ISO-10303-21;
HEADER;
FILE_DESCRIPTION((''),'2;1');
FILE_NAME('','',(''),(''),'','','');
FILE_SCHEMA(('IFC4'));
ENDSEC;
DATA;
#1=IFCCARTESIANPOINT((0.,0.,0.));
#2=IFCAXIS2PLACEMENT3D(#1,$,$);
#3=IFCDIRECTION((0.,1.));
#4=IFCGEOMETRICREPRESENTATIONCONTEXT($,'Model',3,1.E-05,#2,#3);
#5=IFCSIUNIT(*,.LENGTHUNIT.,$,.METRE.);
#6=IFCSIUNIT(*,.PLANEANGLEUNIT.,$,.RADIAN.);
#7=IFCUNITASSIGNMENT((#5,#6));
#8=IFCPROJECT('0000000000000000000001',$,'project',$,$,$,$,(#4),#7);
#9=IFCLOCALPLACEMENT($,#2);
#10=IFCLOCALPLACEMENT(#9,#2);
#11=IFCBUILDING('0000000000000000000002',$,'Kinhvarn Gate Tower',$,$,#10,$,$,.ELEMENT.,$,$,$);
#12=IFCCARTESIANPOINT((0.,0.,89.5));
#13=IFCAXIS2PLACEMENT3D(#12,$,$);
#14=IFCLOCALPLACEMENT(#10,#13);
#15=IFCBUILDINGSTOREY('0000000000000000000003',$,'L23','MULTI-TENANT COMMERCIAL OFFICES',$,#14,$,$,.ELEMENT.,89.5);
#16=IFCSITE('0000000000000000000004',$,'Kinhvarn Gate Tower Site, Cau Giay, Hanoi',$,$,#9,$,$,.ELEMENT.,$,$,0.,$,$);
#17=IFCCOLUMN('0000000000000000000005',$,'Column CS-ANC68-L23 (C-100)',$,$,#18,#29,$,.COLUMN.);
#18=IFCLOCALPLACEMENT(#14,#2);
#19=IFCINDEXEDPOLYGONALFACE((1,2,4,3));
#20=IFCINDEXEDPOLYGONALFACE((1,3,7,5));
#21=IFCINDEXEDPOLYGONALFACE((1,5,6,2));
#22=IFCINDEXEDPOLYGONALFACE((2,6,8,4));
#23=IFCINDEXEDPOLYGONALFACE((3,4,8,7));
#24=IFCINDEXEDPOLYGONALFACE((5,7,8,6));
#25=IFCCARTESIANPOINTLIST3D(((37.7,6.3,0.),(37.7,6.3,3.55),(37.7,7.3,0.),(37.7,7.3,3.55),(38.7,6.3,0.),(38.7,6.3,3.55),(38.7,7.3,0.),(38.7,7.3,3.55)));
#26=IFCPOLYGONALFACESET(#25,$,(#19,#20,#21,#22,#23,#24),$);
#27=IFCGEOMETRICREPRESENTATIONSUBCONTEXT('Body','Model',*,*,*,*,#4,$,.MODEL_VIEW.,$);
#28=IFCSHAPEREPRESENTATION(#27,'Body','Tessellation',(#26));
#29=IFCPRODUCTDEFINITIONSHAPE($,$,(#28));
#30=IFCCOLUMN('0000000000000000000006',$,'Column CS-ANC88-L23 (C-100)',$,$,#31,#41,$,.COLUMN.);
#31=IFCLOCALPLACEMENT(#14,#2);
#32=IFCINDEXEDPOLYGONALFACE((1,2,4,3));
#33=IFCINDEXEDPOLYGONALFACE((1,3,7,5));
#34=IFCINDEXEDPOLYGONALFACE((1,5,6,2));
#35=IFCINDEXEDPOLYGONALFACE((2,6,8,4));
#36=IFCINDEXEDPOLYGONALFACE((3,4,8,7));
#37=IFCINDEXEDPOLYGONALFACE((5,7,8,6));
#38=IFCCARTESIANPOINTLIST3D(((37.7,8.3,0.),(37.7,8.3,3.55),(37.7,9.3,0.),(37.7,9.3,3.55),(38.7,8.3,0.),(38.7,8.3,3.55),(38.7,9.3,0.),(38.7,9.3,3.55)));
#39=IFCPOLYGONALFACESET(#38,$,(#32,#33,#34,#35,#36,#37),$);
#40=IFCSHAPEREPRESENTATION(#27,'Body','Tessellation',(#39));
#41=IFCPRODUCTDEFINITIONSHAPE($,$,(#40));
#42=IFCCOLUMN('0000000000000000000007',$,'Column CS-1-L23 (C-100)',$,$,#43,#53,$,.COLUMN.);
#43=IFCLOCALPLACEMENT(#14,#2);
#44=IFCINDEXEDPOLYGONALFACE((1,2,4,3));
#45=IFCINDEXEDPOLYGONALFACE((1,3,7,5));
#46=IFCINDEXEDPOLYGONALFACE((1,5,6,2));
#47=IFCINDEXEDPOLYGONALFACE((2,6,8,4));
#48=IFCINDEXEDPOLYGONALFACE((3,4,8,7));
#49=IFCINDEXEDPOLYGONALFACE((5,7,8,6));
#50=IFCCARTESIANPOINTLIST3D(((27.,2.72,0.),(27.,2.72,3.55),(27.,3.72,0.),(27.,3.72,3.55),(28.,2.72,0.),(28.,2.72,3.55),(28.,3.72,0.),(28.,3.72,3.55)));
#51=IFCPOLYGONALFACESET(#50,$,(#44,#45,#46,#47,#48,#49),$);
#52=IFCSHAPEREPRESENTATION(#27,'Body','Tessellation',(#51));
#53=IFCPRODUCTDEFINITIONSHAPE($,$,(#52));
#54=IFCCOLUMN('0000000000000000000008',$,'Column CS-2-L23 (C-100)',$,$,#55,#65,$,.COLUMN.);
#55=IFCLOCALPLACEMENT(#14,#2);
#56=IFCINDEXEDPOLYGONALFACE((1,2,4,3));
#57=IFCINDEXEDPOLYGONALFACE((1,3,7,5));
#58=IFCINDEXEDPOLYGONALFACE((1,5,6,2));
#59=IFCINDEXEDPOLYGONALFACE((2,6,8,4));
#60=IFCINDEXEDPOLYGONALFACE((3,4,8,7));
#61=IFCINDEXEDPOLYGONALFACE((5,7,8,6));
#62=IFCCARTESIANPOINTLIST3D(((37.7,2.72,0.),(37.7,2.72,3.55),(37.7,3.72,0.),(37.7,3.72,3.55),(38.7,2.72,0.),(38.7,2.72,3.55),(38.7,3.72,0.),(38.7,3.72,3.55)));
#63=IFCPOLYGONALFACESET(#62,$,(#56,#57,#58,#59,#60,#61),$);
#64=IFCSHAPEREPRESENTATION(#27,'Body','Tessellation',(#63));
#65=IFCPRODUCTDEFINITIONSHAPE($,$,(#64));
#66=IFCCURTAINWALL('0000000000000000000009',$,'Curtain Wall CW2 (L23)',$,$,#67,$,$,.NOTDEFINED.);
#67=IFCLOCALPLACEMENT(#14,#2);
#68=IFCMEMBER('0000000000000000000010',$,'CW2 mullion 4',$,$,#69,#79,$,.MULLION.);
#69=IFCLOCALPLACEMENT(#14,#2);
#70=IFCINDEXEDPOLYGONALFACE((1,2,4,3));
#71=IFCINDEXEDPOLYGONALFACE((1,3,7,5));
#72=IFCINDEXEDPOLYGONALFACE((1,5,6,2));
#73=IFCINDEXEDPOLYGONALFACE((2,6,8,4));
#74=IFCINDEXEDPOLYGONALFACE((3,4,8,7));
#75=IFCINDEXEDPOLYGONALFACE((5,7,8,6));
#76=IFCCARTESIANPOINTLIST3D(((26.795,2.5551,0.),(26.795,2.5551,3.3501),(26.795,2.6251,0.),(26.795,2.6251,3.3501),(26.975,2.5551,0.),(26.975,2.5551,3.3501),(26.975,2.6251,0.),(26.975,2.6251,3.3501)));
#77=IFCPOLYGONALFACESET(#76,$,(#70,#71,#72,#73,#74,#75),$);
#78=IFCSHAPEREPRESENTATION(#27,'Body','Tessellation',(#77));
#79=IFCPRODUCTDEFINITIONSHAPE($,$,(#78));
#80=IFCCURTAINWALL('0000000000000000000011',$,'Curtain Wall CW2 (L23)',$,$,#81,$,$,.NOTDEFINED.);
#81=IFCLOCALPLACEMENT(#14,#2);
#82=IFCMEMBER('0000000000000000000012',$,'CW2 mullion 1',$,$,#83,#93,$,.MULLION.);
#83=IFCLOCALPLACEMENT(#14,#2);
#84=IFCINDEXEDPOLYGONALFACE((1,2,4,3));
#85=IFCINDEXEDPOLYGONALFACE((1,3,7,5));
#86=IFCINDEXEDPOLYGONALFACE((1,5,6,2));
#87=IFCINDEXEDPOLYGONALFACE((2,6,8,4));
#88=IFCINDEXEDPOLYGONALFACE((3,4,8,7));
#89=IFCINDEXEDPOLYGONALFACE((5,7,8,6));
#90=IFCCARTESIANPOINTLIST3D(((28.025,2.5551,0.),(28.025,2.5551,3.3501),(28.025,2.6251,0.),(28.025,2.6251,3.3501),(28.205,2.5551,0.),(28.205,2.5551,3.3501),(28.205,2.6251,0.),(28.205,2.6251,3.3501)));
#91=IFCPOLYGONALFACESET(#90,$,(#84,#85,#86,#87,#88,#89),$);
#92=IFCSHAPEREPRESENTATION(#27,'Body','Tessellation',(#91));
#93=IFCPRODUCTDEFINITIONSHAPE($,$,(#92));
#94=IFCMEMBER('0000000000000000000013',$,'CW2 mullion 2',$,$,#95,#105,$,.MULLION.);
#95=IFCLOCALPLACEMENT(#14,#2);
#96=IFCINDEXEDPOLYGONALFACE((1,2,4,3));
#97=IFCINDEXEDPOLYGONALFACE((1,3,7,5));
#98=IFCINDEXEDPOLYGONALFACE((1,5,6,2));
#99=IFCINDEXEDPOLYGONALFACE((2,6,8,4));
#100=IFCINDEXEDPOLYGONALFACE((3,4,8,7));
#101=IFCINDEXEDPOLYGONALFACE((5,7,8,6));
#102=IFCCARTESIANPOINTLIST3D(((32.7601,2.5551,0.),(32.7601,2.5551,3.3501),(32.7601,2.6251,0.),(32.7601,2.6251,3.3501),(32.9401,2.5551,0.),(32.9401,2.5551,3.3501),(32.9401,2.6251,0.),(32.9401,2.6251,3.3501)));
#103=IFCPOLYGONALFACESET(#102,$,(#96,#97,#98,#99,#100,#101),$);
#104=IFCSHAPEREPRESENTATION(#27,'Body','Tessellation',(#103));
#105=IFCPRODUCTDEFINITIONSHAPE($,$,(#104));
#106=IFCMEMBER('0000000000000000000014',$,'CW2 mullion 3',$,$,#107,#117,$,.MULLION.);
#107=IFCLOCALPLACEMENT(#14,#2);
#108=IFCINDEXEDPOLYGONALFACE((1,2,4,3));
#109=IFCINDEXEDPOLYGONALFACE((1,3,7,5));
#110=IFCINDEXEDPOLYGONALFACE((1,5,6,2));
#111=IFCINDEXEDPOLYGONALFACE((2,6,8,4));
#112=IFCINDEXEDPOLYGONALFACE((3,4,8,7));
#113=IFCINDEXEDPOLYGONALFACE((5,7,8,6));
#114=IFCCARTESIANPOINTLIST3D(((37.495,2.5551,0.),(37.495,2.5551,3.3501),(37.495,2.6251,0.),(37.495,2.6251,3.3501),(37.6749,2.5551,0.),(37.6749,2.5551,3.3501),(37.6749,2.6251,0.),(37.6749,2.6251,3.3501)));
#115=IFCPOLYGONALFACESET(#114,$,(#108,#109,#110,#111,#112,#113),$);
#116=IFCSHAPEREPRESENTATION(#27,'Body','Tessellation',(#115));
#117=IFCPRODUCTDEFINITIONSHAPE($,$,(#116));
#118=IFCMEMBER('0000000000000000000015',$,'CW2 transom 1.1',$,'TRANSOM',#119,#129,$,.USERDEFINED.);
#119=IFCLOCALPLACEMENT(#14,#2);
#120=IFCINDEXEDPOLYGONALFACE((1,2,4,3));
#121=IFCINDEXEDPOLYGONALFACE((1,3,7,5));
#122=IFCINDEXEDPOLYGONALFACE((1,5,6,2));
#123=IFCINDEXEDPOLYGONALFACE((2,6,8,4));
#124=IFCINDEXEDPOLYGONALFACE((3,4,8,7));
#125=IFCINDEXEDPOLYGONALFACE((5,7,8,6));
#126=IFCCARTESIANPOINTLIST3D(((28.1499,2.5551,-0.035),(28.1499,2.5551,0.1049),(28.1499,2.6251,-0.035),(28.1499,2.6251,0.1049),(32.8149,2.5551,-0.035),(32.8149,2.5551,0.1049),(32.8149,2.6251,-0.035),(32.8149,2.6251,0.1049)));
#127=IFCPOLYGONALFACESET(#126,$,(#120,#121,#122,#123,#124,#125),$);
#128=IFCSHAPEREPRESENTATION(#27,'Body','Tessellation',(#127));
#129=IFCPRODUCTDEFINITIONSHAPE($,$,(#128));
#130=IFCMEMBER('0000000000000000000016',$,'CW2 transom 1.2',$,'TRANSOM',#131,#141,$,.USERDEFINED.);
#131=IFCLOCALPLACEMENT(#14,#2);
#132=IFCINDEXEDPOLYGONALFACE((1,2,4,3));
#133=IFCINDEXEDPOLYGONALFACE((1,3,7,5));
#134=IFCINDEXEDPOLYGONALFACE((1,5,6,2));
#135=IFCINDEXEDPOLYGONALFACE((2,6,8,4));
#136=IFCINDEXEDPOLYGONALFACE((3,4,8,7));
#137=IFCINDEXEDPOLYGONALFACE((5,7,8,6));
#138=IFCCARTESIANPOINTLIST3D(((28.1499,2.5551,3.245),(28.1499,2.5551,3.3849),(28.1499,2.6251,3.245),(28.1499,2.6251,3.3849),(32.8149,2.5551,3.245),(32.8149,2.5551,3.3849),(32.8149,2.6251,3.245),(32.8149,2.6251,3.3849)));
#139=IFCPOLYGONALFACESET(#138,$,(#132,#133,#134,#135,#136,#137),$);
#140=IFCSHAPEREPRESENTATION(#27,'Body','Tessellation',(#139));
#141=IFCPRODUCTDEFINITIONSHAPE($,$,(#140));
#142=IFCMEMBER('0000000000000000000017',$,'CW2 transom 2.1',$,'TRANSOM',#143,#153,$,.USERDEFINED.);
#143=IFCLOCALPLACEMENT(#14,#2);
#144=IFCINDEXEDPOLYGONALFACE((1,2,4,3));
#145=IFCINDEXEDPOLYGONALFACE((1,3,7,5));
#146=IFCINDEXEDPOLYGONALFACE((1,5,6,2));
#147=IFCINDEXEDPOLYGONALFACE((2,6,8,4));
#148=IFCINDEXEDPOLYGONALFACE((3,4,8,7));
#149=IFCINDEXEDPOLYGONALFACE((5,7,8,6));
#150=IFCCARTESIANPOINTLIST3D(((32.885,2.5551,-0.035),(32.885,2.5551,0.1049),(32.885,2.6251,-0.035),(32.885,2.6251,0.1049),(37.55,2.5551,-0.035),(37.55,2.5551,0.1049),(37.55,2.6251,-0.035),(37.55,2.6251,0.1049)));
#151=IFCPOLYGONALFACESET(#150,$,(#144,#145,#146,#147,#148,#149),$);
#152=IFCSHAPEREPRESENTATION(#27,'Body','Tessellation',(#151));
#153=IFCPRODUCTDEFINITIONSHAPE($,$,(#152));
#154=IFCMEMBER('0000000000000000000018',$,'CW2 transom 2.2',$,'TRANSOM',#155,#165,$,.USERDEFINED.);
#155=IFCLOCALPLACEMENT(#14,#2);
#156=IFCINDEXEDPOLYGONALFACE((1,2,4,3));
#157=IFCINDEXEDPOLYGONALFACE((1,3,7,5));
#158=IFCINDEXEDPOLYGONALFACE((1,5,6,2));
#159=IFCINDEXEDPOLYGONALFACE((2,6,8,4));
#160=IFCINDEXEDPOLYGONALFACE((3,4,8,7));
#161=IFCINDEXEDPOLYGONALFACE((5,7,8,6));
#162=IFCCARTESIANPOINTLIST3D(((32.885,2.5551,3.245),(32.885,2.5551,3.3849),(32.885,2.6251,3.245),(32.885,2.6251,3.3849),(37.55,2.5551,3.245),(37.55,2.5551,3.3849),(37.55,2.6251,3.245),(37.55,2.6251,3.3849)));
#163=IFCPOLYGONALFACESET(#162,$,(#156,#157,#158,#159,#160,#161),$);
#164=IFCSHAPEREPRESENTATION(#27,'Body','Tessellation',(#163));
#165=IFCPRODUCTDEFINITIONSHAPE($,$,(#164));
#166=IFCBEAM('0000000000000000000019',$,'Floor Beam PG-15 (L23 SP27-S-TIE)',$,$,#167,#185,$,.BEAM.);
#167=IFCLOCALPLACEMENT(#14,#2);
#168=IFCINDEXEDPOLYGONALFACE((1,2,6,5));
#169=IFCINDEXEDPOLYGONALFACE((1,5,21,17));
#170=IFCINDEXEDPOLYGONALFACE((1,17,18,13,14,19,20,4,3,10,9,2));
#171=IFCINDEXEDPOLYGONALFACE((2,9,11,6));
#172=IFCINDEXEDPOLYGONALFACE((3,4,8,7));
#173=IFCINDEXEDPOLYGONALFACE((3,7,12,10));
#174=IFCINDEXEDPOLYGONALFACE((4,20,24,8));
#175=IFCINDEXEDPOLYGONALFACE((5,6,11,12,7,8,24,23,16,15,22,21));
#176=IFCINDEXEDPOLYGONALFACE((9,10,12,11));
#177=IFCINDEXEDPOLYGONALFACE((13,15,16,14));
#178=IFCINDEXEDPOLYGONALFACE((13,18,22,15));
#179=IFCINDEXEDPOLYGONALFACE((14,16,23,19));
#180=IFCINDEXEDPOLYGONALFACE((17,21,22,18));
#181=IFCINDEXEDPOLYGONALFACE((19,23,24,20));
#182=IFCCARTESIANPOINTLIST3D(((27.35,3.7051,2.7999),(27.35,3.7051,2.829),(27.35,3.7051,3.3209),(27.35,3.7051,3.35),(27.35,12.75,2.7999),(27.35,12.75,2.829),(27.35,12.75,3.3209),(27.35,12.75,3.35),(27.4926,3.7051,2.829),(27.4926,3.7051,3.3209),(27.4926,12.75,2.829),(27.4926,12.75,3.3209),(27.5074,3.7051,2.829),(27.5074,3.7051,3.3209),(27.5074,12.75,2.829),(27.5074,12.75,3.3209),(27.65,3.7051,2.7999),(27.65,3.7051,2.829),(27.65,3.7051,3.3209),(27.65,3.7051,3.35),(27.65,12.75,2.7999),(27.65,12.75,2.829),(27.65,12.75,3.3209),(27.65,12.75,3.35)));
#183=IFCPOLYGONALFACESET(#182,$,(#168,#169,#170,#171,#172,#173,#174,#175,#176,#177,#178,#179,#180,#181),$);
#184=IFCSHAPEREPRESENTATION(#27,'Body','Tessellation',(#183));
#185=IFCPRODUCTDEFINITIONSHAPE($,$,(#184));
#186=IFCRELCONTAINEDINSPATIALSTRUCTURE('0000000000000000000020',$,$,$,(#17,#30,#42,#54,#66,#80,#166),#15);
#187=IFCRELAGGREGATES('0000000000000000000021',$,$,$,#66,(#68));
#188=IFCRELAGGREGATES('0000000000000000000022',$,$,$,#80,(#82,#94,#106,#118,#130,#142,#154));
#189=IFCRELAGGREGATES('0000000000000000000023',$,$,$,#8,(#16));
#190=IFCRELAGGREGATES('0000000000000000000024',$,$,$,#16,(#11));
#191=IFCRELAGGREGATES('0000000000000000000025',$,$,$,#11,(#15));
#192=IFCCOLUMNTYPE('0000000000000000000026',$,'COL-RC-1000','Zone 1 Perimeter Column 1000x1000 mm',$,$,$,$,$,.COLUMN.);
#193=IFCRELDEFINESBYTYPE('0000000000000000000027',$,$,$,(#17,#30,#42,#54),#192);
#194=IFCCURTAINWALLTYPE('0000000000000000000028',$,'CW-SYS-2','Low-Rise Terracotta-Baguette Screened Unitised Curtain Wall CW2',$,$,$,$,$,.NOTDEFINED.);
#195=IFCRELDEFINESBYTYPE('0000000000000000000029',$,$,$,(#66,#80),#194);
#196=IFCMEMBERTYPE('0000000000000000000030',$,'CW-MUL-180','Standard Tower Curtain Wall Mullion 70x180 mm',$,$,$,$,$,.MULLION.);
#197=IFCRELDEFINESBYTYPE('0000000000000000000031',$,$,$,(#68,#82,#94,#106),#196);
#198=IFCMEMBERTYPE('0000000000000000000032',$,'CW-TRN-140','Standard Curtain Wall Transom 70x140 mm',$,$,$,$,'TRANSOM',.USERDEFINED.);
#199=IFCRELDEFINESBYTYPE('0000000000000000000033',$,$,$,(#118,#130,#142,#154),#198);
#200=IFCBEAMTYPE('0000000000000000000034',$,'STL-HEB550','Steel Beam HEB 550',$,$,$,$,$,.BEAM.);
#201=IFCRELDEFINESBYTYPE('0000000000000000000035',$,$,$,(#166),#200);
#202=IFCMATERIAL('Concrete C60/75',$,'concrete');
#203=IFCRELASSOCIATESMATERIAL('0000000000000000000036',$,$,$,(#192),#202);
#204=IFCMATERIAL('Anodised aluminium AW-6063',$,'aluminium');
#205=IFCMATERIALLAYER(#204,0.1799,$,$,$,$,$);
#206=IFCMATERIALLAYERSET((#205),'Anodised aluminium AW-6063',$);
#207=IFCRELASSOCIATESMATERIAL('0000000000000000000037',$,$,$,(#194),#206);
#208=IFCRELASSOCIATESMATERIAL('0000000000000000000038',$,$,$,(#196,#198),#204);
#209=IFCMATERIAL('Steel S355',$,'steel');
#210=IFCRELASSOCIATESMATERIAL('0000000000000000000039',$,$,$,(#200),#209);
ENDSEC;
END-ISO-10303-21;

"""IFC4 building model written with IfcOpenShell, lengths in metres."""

from ifc_helpers import new_model, si_unit, direction, frame, origin, origin_2d, place, context, subcontext, project, spatial, rectangle, i_section, extrude, material, layer, layer_set, material_profile, profile_set, type_object, element, aggregate, save


model = new_model("IFC4")

# Units and contexts
model_context = context("Model", 3, precision=1e-05, world=origin(), true_north=direction((0.0, 1.0)))
body_context = subcontext(model_context, "Body", "Model", "MODEL_VIEW")
ifc_project = project(units=[si_unit("LENGTHUNIT", "METRE"), si_unit("PLANEANGLEUNIT", "RADIAN")], contexts=[model_context])

# Site, building, storey
site_placement = place(None, origin())
site = spatial("IfcSite", under=ifc_project, at=site_placement, Name="Kinhvarn Gate Tower Site, Cau Giay, Hanoi", CompositionType="ELEMENT", RefElevation=0.0)
building_placement = place(site_placement, origin())
building = spatial("IfcBuilding", under=site, at=building_placement, Name="Kinhvarn Gate Tower", CompositionType="ELEMENT")
storey_placement = place(building_placement, frame((0.0, 0.0, 89.5)))
storey = spatial("IfcBuildingStorey", under=building, at=storey_placement, Name="L23", Description="MULTI-TENANT COMMERCIAL OFFICES", CompositionType="ELEMENT", Elevation=89.5)

# Columns
ifc_material_1 = material(Name="Concrete C60/75", Category="concrete")
ifc_material_profile_1 = material_profile(ifc_material_1, rectangle(XDim=1.0, YDim=1.0, at=origin_2d()), Name="RC 1000x1000")
ifc_profile_set_1 = profile_set([ifc_material_profile_1], Name="Concrete C60/75")
column_type = type_object("IfcColumnType", Name="COL-RC-1000", Description="Zone 1 Perimeter Column 1000x1000 mm", PredefinedType="COLUMN", material=ifc_profile_set_1)
for number, where, z_axis, x_axis, name in (
    (1, (38.2, 6.8, 0.0), (0.0, 0.0, 1.0), (1.0, 0.0, 0.0), "Column CS-ANC68-L23 (C-100)"),
    (2, (38.2, 8.8, 0.0), (0.0, 0.0, 1.0), (1.0, 0.0, 0.0), "Column CS-ANC88-L23 (C-100)"),
    (3, (27.5, 3.22, 0.0), (0.0, 0.0, 1.0), (1.0, 0.0, 0.0), "Column CS-1-L23 (C-100)"),
    (4, (38.2, 3.22, 0.0), (0.0, 0.0, 1.0), (1.0, 0.0, 0.0), "Column CS-2-L23 (C-100)"),
):
    element("IfcColumn", number, at=place(storey_placement, frame(where, z_axis=z_axis, x_axis=x_axis)), inside=storey, type_object=column_type, Name=name, PredefinedType="COLUMN", context=body_context, shape_type="SweptSolid", body=[
        extrude(rectangle(XDim=1.0, YDim=1.0, at=origin_2d()), origin(), (0.0, 0.0, 1.0), 3.55),
    ])

# Curtain wall, member
ifc_material_2 = material(Name="Anodised aluminium AW-6063", Category="aluminium")
ifc_layer_1 = layer(ifc_material_2, 0.1799)
ifc_layer_set_1 = layer_set([ifc_layer_1], Name="Anodised aluminium AW-6063")
curtain_wall_type = type_object("IfcCurtainWallType", Name="CW-SYS-2", Description="Low-Rise Terracotta-Baguette Screened Unitised Curtain Wall CW2", PredefinedType="NOTDEFINED", material=ifc_layer_set_1)
curtain_wall_1_placement = place(storey_placement, origin())
curtain_wall_1 = element("IfcCurtainWall", 5, at=curtain_wall_1_placement, inside=storey, type_object=curtain_wall_type, Name="Curtain Wall CW2 (L23)", PredefinedType="NOTDEFINED")
ifc_material_profile_2 = material_profile(ifc_material_2, rectangle(XDim=0.0701, YDim=0.1799, at=origin_2d()), Name="ALU 70x180")
ifc_profile_set_2 = profile_set([ifc_material_profile_2], Name="Anodised aluminium AW-6063")
member_type_1 = type_object("IfcMemberType", Name="CW-MUL-180", Description="Standard Tower Curtain Wall Mullion 70x180 mm", PredefinedType="MULLION", material=ifc_profile_set_2)
member_1_placement = place(storey_placement, frame((26.885, 2.5901, 0.0), z_axis=(0.0, 0.0, 1.0), x_axis=(0.0, 1.0, 0.0)))
member_1 = element("IfcMember", 6, at=member_1_placement, type_object=member_type_1, Name="CW2 mullion 4", PredefinedType="MULLION", context=body_context, shape_type="SweptSolid", body=[
    extrude(rectangle(XDim=0.0701, YDim=0.1799, at=origin_2d()), origin(), (0.0, 0.0, 1.0), 3.3501),
])
aggregate(curtain_wall_1, [member_1])

# Curtain wall, members
curtain_wall_2_placement = place(storey_placement, origin())
curtain_wall_2 = element("IfcCurtainWall", 7, at=curtain_wall_2_placement, inside=storey, type_object=curtain_wall_type, Name="Curtain Wall CW2 (L23)", PredefinedType="NOTDEFINED")
member_2_placement = place(storey_placement, frame((28.115, 2.5901, 0.0), z_axis=(0.0, 0.0, 1.0), x_axis=(0.0, 1.0, 0.0)))
member_2 = element("IfcMember", 8, at=member_2_placement, type_object=member_type_1, Name="CW2 mullion 1", PredefinedType="MULLION", context=body_context, shape_type="SweptSolid", body=[
    extrude(rectangle(XDim=0.0701, YDim=0.1799, at=origin_2d()), origin(), (0.0, 0.0, 1.0), 3.3501),
])
member_3_placement = place(storey_placement, frame((32.8501, 2.5901, 0.0), z_axis=(0.0, 0.0, 1.0), x_axis=(0.0, 1.0, 0.0)))
member_3 = element("IfcMember", 9, at=member_3_placement, type_object=member_type_1, Name="CW2 mullion 2", PredefinedType="MULLION", context=body_context, shape_type="SweptSolid", body=[
    extrude(rectangle(XDim=0.0701, YDim=0.1799, at=origin_2d()), origin(), (0.0, 0.0, 1.0), 3.3501),
])
member_4_placement = place(storey_placement, frame((37.585, 2.5901, 0.0), z_axis=(0.0, 0.0, 1.0), x_axis=(0.0, 1.0, 0.0)))
member_4 = element("IfcMember", 10, at=member_4_placement, type_object=member_type_1, Name="CW2 mullion 3", PredefinedType="MULLION", context=body_context, shape_type="SweptSolid", body=[
    extrude(rectangle(XDim=0.0701, YDim=0.1799, at=origin_2d()), origin(), (0.0, 0.0, 1.0), 3.3501),
])
ifc_material_profile_3 = material_profile(ifc_material_2, rectangle(XDim=0.0701, YDim=0.1399, at=origin_2d()), Name="ALU 70x140")
ifc_profile_set_3 = profile_set([ifc_material_profile_3], Name="Anodised aluminium AW-6063")
member_type_2 = type_object("IfcMemberType", Name="CW-TRN-140", Description="Standard Curtain Wall Transom 70x140 mm", ElementType="TRANSOM", PredefinedType="USERDEFINED", material=ifc_profile_set_3)
member_5_placement = place(storey_placement, frame((28.1499, 2.5901, 0.0349), z_axis=(1.0, 0.0, 0.0), x_axis=(0.0, 1.0, 0.0)))
member_5 = element("IfcMember", 11, at=member_5_placement, type_object=member_type_2, Name="CW2 transom 1.1", ObjectType="TRANSOM", PredefinedType="USERDEFINED", context=body_context, shape_type="SweptSolid", body=[
    extrude(rectangle(XDim=0.0701, YDim=0.1399, at=origin_2d()), origin(), (0.0, 0.0, 1.0), 4.665),
])
member_6_placement = place(storey_placement, frame((28.1499, 2.5901, 3.3149), z_axis=(1.0, 0.0, 0.0), x_axis=(0.0, 1.0, 0.0)))
member_6 = element("IfcMember", 12, at=member_6_placement, type_object=member_type_2, Name="CW2 transom 1.2", ObjectType="TRANSOM", PredefinedType="USERDEFINED", context=body_context, shape_type="SweptSolid", body=[
    extrude(rectangle(XDim=0.0701, YDim=0.1399, at=origin_2d()), origin(), (0.0, 0.0, 1.0), 4.665),
])
member_7_placement = place(storey_placement, frame((32.885, 2.5901, 0.0349), z_axis=(1.0, 0.0, 0.0), x_axis=(0.0, 1.0, 0.0)))
member_7 = element("IfcMember", 13, at=member_7_placement, type_object=member_type_2, Name="CW2 transom 2.1", ObjectType="TRANSOM", PredefinedType="USERDEFINED", context=body_context, shape_type="SweptSolid", body=[
    extrude(rectangle(XDim=0.0701, YDim=0.1399, at=origin_2d()), origin(), (0.0, 0.0, 1.0), 4.665),
])
member_8_placement = place(storey_placement, frame((32.885, 2.5901, 3.3149), z_axis=(1.0, 0.0, 0.0), x_axis=(0.0, 1.0, 0.0)))
member_8 = element("IfcMember", 14, at=member_8_placement, type_object=member_type_2, Name="CW2 transom 2.2", ObjectType="TRANSOM", PredefinedType="USERDEFINED", context=body_context, shape_type="SweptSolid", body=[
    extrude(rectangle(XDim=0.0701, YDim=0.1399, at=origin_2d()), origin(), (0.0, 0.0, 1.0), 4.665),
])

# Beam
ifc_material_3 = material(Name="Steel S355", Category="steel")
ifc_material_profile_4 = material_profile(ifc_material_3, i_section(OverallWidth=0.3, OverallDepth=0.55, WebThickness=0.0149, FlangeThickness=0.0291, at=origin_2d()), Name="HEB 550")
ifc_profile_set_4 = profile_set([ifc_material_profile_4], Name="Steel S355")
beam_type_1 = type_object("IfcBeamType", Name="STL-HEB550", Description="Steel Beam HEB 550", PredefinedType="BEAM", material=ifc_profile_set_4)
beam_1_placement = place(storey_placement, frame((27.5, 3.7051, 3.075), z_axis=(0.0, 1.0, 0.0), x_axis=(-1.0, 0.0, 0.0)))
element("IfcBeam", 15, at=beam_1_placement, inside=storey, type_object=beam_type_1, Name="Floor Beam PG-15 (L23 SP27-S-TIE)", PredefinedType="BEAM", context=body_context, shape_type="SweptSolid", body=[
    extrude(i_section(OverallWidth=0.3, OverallDepth=0.55, WebThickness=0.0149, FlangeThickness=0.0291, at=origin_2d()), origin(), (0.0, 0.0, 1.0), 9.0449),
])

aggregate(curtain_wall_2, [member_2, member_3, member_4, member_5, member_6, member_7, member_8])

save(model, "model.ifc")
